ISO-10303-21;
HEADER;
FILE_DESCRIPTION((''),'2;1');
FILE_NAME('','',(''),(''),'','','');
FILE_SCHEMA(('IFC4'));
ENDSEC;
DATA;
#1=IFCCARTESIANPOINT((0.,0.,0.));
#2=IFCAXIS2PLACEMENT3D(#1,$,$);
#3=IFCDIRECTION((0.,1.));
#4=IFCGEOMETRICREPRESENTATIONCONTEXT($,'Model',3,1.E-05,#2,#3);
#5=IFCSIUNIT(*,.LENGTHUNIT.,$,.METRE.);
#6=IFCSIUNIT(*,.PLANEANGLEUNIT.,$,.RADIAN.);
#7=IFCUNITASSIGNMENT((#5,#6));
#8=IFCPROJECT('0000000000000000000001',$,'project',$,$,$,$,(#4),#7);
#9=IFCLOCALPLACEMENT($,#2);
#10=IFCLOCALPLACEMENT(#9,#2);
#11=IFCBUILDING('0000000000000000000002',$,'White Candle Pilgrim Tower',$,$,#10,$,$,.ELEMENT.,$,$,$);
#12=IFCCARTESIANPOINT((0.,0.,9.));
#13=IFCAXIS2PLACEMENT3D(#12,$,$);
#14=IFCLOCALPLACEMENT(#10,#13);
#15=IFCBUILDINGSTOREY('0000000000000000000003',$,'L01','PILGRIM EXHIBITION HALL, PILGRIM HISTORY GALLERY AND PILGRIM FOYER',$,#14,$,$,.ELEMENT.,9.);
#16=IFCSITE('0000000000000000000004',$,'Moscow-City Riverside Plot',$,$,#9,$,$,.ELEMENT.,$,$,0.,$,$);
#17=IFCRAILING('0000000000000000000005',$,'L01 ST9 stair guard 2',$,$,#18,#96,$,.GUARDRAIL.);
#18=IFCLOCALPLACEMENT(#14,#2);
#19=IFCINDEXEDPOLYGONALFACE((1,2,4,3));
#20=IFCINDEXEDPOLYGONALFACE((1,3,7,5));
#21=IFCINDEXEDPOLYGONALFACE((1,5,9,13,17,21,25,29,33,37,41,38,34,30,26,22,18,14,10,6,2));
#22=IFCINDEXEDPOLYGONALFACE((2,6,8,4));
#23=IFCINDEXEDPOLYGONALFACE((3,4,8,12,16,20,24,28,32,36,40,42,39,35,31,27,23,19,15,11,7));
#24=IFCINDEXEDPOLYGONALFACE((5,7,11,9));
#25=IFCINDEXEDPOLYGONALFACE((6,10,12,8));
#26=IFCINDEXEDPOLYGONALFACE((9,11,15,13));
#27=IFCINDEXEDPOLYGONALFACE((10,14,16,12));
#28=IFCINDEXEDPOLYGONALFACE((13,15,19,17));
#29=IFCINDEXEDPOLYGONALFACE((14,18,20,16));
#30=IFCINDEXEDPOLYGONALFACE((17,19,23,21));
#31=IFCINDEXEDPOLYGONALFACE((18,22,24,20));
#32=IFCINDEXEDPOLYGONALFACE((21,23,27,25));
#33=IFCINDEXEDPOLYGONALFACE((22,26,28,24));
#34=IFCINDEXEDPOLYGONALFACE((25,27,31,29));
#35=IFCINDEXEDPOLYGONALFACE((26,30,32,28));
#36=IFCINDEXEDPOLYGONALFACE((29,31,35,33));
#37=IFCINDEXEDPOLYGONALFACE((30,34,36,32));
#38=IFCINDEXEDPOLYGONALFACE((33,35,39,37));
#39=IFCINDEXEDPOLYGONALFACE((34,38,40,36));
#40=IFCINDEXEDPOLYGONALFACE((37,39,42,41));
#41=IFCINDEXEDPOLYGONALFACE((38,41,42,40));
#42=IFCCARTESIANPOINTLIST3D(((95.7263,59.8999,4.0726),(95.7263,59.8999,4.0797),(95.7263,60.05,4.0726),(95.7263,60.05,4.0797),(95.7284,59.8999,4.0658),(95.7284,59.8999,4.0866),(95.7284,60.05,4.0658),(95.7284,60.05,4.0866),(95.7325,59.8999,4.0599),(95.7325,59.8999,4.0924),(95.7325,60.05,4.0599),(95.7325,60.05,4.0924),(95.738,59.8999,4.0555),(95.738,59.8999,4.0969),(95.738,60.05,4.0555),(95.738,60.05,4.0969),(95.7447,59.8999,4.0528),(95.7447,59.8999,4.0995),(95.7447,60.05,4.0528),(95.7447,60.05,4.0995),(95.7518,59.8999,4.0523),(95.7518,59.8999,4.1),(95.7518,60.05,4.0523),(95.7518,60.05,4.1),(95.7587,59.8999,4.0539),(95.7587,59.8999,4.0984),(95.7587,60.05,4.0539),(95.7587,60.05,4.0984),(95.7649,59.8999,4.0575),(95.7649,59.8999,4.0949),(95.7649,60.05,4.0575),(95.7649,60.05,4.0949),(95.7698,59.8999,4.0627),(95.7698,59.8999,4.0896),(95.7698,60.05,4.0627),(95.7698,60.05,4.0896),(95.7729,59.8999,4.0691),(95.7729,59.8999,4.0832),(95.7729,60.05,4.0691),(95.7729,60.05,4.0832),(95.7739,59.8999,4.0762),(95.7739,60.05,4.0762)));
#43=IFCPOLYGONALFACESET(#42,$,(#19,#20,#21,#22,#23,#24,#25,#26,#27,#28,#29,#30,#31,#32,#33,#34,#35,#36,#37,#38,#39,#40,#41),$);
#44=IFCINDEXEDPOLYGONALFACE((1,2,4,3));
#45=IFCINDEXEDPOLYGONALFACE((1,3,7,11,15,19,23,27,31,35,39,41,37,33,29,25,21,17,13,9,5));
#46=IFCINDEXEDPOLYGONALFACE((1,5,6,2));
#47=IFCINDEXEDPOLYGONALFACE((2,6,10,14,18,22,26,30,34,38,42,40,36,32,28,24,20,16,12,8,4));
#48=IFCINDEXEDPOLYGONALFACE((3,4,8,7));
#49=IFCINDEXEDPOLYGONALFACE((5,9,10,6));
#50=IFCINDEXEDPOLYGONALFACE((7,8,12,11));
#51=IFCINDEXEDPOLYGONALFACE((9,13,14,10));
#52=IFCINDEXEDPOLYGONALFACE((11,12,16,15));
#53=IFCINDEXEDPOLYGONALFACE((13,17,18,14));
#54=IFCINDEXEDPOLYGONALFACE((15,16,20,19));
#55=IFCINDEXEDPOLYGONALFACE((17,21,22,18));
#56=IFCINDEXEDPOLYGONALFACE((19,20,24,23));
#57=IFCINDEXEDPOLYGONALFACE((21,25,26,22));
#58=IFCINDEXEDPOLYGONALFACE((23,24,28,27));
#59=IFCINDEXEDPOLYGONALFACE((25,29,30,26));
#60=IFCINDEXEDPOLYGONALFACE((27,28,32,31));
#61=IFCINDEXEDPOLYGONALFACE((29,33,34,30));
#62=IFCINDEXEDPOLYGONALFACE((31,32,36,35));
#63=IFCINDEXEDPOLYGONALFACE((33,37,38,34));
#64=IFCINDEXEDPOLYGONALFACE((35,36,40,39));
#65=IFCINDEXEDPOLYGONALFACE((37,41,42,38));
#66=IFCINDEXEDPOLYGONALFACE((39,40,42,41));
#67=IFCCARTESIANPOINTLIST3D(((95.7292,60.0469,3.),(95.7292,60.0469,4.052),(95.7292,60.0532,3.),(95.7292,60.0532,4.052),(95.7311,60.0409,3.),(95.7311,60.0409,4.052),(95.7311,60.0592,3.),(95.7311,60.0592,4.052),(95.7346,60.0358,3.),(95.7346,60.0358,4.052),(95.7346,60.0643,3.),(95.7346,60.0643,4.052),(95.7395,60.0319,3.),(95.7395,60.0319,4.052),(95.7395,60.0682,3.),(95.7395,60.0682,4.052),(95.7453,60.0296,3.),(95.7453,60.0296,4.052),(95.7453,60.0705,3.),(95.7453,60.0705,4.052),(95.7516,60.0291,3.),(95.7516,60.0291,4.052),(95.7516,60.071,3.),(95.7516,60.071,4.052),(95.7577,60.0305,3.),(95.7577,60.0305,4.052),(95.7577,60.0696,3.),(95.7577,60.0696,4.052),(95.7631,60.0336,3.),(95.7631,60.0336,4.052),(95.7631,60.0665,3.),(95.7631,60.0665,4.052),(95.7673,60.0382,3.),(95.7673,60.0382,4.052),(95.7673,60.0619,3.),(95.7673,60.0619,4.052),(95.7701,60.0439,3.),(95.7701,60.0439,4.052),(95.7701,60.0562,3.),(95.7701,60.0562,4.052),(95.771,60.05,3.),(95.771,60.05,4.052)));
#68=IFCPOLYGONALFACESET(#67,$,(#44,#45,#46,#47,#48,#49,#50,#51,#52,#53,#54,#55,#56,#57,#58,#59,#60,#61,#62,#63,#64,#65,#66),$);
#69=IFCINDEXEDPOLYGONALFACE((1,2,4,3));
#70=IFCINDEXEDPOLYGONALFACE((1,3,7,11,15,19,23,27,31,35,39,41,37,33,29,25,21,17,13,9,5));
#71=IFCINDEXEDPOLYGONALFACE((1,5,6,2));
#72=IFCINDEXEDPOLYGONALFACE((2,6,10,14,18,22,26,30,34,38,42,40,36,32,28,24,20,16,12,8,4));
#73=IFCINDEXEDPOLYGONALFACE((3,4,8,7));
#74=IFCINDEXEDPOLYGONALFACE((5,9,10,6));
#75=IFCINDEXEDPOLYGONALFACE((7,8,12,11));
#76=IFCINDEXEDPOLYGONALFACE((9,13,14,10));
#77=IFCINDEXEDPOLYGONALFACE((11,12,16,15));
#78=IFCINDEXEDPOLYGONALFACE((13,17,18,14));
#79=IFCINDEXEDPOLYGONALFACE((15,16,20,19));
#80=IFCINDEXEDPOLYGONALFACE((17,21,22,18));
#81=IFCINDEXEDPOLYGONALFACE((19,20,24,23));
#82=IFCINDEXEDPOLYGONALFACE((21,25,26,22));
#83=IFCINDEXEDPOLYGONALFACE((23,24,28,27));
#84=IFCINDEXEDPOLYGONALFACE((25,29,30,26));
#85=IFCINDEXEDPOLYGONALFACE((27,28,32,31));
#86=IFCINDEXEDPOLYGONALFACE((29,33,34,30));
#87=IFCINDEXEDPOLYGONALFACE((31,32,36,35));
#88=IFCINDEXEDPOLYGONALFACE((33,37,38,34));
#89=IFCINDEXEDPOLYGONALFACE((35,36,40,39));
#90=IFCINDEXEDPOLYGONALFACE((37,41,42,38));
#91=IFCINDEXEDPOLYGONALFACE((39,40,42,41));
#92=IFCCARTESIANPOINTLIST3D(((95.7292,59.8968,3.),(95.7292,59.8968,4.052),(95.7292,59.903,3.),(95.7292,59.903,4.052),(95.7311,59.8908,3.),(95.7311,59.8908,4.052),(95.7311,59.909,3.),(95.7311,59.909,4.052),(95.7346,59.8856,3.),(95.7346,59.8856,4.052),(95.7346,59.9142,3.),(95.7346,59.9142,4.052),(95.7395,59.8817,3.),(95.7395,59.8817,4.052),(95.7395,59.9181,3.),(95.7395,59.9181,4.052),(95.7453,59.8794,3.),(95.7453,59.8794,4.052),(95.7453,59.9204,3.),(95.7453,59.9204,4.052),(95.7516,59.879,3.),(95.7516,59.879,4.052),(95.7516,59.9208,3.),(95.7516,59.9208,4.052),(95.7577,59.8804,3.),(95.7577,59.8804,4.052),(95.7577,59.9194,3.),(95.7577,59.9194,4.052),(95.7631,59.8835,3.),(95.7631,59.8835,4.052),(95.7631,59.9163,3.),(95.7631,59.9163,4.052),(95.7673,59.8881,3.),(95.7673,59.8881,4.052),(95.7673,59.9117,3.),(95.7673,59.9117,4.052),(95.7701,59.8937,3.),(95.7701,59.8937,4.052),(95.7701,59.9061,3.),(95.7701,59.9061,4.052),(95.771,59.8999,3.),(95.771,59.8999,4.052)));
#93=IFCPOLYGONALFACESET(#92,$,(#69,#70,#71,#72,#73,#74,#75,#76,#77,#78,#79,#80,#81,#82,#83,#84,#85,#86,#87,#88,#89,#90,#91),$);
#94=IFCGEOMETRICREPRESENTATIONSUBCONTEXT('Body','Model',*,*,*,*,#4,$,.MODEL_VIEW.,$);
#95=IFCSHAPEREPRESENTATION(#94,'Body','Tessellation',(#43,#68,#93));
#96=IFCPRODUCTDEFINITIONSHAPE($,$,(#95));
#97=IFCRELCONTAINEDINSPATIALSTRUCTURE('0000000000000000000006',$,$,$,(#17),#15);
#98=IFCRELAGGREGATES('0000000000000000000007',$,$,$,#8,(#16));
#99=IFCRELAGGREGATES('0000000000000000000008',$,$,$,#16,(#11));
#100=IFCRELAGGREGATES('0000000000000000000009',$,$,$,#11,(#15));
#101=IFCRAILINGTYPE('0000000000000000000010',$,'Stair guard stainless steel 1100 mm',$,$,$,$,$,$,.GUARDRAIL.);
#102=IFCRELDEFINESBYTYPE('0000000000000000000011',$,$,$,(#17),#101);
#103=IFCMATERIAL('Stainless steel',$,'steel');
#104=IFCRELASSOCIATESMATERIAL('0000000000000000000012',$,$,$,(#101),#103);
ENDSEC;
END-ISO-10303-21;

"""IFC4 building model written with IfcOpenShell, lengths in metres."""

from ifc_helpers import new_model, si_unit, direction, frame, origin, origin_2d, place, context, subcontext, project, spatial, circle, extrude, material, type_object, element, save


model = new_model("IFC4")

# Units and contexts
model_context = context("Model", 3, precision=1e-05, world=origin(), true_north=direction((0.0, 1.0)))
body_context = subcontext(model_context, "Body", "Model", "MODEL_VIEW")
ifc_project = project(units=[si_unit("LENGTHUNIT", "METRE"), si_unit("PLANEANGLEUNIT", "RADIAN")], contexts=[model_context])

# Site, building, storey
site_placement = place(None, origin())
site = spatial("IfcSite", under=ifc_project, at=site_placement, Name="Moscow-City Riverside Plot", CompositionType="ELEMENT", RefElevation=0.0)
building_placement = place(site_placement, origin())
building = spatial("IfcBuilding", under=site, at=building_placement, Name="White Candle Pilgrim Tower", CompositionType="ELEMENT")
storey_placement = place(building_placement, frame((0.0, 0.0, 9.0)))
storey = spatial("IfcBuildingStorey", under=building, at=storey_placement, Name="L01", Description="PILGRIM EXHIBITION HALL, PILGRIM HISTORY GALLERY AND PILGRIM FOYER", CompositionType="ELEMENT", Elevation=9.0)

# Railing
ifc_material_1 = material(Name="Stainless steel", Category="steel")
railing_type_1 = type_object("IfcRailingType", Name="Stair guard stainless steel 1100 mm", PredefinedType="GUARDRAIL", material=ifc_material_1)
railing_1_placement = place(storey_placement, frame((95.75, 60.05, 3.0)))
element("IfcRailing", 1, at=railing_1_placement, inside=storey, type_object=railing_type_1, Name="L01 ST9 stair guard 2", PredefinedType="GUARDRAIL", context=body_context, shape_type="SweptSolid", body=[
    extrude(circle(Radius=0.0239, at=origin_2d()), frame((0.0, 0.0, 1.0762), z_axis=(0.0, -1.0, 0.0), x_axis=(1.0, 0.0, 0.0)), (0.0, 0.0, 1.0), 0.1501),
    extrude(circle(Radius=0.021, at=origin_2d()), origin(), (0.0, 0.0, 1.0), 1.052),
    extrude(circle(Radius=0.021, at=origin_2d()), frame((0.0, -0.1501, 0.0)), (0.0, 0.0, 1.0), 1.052),
])

save(model, "model.ifc")
